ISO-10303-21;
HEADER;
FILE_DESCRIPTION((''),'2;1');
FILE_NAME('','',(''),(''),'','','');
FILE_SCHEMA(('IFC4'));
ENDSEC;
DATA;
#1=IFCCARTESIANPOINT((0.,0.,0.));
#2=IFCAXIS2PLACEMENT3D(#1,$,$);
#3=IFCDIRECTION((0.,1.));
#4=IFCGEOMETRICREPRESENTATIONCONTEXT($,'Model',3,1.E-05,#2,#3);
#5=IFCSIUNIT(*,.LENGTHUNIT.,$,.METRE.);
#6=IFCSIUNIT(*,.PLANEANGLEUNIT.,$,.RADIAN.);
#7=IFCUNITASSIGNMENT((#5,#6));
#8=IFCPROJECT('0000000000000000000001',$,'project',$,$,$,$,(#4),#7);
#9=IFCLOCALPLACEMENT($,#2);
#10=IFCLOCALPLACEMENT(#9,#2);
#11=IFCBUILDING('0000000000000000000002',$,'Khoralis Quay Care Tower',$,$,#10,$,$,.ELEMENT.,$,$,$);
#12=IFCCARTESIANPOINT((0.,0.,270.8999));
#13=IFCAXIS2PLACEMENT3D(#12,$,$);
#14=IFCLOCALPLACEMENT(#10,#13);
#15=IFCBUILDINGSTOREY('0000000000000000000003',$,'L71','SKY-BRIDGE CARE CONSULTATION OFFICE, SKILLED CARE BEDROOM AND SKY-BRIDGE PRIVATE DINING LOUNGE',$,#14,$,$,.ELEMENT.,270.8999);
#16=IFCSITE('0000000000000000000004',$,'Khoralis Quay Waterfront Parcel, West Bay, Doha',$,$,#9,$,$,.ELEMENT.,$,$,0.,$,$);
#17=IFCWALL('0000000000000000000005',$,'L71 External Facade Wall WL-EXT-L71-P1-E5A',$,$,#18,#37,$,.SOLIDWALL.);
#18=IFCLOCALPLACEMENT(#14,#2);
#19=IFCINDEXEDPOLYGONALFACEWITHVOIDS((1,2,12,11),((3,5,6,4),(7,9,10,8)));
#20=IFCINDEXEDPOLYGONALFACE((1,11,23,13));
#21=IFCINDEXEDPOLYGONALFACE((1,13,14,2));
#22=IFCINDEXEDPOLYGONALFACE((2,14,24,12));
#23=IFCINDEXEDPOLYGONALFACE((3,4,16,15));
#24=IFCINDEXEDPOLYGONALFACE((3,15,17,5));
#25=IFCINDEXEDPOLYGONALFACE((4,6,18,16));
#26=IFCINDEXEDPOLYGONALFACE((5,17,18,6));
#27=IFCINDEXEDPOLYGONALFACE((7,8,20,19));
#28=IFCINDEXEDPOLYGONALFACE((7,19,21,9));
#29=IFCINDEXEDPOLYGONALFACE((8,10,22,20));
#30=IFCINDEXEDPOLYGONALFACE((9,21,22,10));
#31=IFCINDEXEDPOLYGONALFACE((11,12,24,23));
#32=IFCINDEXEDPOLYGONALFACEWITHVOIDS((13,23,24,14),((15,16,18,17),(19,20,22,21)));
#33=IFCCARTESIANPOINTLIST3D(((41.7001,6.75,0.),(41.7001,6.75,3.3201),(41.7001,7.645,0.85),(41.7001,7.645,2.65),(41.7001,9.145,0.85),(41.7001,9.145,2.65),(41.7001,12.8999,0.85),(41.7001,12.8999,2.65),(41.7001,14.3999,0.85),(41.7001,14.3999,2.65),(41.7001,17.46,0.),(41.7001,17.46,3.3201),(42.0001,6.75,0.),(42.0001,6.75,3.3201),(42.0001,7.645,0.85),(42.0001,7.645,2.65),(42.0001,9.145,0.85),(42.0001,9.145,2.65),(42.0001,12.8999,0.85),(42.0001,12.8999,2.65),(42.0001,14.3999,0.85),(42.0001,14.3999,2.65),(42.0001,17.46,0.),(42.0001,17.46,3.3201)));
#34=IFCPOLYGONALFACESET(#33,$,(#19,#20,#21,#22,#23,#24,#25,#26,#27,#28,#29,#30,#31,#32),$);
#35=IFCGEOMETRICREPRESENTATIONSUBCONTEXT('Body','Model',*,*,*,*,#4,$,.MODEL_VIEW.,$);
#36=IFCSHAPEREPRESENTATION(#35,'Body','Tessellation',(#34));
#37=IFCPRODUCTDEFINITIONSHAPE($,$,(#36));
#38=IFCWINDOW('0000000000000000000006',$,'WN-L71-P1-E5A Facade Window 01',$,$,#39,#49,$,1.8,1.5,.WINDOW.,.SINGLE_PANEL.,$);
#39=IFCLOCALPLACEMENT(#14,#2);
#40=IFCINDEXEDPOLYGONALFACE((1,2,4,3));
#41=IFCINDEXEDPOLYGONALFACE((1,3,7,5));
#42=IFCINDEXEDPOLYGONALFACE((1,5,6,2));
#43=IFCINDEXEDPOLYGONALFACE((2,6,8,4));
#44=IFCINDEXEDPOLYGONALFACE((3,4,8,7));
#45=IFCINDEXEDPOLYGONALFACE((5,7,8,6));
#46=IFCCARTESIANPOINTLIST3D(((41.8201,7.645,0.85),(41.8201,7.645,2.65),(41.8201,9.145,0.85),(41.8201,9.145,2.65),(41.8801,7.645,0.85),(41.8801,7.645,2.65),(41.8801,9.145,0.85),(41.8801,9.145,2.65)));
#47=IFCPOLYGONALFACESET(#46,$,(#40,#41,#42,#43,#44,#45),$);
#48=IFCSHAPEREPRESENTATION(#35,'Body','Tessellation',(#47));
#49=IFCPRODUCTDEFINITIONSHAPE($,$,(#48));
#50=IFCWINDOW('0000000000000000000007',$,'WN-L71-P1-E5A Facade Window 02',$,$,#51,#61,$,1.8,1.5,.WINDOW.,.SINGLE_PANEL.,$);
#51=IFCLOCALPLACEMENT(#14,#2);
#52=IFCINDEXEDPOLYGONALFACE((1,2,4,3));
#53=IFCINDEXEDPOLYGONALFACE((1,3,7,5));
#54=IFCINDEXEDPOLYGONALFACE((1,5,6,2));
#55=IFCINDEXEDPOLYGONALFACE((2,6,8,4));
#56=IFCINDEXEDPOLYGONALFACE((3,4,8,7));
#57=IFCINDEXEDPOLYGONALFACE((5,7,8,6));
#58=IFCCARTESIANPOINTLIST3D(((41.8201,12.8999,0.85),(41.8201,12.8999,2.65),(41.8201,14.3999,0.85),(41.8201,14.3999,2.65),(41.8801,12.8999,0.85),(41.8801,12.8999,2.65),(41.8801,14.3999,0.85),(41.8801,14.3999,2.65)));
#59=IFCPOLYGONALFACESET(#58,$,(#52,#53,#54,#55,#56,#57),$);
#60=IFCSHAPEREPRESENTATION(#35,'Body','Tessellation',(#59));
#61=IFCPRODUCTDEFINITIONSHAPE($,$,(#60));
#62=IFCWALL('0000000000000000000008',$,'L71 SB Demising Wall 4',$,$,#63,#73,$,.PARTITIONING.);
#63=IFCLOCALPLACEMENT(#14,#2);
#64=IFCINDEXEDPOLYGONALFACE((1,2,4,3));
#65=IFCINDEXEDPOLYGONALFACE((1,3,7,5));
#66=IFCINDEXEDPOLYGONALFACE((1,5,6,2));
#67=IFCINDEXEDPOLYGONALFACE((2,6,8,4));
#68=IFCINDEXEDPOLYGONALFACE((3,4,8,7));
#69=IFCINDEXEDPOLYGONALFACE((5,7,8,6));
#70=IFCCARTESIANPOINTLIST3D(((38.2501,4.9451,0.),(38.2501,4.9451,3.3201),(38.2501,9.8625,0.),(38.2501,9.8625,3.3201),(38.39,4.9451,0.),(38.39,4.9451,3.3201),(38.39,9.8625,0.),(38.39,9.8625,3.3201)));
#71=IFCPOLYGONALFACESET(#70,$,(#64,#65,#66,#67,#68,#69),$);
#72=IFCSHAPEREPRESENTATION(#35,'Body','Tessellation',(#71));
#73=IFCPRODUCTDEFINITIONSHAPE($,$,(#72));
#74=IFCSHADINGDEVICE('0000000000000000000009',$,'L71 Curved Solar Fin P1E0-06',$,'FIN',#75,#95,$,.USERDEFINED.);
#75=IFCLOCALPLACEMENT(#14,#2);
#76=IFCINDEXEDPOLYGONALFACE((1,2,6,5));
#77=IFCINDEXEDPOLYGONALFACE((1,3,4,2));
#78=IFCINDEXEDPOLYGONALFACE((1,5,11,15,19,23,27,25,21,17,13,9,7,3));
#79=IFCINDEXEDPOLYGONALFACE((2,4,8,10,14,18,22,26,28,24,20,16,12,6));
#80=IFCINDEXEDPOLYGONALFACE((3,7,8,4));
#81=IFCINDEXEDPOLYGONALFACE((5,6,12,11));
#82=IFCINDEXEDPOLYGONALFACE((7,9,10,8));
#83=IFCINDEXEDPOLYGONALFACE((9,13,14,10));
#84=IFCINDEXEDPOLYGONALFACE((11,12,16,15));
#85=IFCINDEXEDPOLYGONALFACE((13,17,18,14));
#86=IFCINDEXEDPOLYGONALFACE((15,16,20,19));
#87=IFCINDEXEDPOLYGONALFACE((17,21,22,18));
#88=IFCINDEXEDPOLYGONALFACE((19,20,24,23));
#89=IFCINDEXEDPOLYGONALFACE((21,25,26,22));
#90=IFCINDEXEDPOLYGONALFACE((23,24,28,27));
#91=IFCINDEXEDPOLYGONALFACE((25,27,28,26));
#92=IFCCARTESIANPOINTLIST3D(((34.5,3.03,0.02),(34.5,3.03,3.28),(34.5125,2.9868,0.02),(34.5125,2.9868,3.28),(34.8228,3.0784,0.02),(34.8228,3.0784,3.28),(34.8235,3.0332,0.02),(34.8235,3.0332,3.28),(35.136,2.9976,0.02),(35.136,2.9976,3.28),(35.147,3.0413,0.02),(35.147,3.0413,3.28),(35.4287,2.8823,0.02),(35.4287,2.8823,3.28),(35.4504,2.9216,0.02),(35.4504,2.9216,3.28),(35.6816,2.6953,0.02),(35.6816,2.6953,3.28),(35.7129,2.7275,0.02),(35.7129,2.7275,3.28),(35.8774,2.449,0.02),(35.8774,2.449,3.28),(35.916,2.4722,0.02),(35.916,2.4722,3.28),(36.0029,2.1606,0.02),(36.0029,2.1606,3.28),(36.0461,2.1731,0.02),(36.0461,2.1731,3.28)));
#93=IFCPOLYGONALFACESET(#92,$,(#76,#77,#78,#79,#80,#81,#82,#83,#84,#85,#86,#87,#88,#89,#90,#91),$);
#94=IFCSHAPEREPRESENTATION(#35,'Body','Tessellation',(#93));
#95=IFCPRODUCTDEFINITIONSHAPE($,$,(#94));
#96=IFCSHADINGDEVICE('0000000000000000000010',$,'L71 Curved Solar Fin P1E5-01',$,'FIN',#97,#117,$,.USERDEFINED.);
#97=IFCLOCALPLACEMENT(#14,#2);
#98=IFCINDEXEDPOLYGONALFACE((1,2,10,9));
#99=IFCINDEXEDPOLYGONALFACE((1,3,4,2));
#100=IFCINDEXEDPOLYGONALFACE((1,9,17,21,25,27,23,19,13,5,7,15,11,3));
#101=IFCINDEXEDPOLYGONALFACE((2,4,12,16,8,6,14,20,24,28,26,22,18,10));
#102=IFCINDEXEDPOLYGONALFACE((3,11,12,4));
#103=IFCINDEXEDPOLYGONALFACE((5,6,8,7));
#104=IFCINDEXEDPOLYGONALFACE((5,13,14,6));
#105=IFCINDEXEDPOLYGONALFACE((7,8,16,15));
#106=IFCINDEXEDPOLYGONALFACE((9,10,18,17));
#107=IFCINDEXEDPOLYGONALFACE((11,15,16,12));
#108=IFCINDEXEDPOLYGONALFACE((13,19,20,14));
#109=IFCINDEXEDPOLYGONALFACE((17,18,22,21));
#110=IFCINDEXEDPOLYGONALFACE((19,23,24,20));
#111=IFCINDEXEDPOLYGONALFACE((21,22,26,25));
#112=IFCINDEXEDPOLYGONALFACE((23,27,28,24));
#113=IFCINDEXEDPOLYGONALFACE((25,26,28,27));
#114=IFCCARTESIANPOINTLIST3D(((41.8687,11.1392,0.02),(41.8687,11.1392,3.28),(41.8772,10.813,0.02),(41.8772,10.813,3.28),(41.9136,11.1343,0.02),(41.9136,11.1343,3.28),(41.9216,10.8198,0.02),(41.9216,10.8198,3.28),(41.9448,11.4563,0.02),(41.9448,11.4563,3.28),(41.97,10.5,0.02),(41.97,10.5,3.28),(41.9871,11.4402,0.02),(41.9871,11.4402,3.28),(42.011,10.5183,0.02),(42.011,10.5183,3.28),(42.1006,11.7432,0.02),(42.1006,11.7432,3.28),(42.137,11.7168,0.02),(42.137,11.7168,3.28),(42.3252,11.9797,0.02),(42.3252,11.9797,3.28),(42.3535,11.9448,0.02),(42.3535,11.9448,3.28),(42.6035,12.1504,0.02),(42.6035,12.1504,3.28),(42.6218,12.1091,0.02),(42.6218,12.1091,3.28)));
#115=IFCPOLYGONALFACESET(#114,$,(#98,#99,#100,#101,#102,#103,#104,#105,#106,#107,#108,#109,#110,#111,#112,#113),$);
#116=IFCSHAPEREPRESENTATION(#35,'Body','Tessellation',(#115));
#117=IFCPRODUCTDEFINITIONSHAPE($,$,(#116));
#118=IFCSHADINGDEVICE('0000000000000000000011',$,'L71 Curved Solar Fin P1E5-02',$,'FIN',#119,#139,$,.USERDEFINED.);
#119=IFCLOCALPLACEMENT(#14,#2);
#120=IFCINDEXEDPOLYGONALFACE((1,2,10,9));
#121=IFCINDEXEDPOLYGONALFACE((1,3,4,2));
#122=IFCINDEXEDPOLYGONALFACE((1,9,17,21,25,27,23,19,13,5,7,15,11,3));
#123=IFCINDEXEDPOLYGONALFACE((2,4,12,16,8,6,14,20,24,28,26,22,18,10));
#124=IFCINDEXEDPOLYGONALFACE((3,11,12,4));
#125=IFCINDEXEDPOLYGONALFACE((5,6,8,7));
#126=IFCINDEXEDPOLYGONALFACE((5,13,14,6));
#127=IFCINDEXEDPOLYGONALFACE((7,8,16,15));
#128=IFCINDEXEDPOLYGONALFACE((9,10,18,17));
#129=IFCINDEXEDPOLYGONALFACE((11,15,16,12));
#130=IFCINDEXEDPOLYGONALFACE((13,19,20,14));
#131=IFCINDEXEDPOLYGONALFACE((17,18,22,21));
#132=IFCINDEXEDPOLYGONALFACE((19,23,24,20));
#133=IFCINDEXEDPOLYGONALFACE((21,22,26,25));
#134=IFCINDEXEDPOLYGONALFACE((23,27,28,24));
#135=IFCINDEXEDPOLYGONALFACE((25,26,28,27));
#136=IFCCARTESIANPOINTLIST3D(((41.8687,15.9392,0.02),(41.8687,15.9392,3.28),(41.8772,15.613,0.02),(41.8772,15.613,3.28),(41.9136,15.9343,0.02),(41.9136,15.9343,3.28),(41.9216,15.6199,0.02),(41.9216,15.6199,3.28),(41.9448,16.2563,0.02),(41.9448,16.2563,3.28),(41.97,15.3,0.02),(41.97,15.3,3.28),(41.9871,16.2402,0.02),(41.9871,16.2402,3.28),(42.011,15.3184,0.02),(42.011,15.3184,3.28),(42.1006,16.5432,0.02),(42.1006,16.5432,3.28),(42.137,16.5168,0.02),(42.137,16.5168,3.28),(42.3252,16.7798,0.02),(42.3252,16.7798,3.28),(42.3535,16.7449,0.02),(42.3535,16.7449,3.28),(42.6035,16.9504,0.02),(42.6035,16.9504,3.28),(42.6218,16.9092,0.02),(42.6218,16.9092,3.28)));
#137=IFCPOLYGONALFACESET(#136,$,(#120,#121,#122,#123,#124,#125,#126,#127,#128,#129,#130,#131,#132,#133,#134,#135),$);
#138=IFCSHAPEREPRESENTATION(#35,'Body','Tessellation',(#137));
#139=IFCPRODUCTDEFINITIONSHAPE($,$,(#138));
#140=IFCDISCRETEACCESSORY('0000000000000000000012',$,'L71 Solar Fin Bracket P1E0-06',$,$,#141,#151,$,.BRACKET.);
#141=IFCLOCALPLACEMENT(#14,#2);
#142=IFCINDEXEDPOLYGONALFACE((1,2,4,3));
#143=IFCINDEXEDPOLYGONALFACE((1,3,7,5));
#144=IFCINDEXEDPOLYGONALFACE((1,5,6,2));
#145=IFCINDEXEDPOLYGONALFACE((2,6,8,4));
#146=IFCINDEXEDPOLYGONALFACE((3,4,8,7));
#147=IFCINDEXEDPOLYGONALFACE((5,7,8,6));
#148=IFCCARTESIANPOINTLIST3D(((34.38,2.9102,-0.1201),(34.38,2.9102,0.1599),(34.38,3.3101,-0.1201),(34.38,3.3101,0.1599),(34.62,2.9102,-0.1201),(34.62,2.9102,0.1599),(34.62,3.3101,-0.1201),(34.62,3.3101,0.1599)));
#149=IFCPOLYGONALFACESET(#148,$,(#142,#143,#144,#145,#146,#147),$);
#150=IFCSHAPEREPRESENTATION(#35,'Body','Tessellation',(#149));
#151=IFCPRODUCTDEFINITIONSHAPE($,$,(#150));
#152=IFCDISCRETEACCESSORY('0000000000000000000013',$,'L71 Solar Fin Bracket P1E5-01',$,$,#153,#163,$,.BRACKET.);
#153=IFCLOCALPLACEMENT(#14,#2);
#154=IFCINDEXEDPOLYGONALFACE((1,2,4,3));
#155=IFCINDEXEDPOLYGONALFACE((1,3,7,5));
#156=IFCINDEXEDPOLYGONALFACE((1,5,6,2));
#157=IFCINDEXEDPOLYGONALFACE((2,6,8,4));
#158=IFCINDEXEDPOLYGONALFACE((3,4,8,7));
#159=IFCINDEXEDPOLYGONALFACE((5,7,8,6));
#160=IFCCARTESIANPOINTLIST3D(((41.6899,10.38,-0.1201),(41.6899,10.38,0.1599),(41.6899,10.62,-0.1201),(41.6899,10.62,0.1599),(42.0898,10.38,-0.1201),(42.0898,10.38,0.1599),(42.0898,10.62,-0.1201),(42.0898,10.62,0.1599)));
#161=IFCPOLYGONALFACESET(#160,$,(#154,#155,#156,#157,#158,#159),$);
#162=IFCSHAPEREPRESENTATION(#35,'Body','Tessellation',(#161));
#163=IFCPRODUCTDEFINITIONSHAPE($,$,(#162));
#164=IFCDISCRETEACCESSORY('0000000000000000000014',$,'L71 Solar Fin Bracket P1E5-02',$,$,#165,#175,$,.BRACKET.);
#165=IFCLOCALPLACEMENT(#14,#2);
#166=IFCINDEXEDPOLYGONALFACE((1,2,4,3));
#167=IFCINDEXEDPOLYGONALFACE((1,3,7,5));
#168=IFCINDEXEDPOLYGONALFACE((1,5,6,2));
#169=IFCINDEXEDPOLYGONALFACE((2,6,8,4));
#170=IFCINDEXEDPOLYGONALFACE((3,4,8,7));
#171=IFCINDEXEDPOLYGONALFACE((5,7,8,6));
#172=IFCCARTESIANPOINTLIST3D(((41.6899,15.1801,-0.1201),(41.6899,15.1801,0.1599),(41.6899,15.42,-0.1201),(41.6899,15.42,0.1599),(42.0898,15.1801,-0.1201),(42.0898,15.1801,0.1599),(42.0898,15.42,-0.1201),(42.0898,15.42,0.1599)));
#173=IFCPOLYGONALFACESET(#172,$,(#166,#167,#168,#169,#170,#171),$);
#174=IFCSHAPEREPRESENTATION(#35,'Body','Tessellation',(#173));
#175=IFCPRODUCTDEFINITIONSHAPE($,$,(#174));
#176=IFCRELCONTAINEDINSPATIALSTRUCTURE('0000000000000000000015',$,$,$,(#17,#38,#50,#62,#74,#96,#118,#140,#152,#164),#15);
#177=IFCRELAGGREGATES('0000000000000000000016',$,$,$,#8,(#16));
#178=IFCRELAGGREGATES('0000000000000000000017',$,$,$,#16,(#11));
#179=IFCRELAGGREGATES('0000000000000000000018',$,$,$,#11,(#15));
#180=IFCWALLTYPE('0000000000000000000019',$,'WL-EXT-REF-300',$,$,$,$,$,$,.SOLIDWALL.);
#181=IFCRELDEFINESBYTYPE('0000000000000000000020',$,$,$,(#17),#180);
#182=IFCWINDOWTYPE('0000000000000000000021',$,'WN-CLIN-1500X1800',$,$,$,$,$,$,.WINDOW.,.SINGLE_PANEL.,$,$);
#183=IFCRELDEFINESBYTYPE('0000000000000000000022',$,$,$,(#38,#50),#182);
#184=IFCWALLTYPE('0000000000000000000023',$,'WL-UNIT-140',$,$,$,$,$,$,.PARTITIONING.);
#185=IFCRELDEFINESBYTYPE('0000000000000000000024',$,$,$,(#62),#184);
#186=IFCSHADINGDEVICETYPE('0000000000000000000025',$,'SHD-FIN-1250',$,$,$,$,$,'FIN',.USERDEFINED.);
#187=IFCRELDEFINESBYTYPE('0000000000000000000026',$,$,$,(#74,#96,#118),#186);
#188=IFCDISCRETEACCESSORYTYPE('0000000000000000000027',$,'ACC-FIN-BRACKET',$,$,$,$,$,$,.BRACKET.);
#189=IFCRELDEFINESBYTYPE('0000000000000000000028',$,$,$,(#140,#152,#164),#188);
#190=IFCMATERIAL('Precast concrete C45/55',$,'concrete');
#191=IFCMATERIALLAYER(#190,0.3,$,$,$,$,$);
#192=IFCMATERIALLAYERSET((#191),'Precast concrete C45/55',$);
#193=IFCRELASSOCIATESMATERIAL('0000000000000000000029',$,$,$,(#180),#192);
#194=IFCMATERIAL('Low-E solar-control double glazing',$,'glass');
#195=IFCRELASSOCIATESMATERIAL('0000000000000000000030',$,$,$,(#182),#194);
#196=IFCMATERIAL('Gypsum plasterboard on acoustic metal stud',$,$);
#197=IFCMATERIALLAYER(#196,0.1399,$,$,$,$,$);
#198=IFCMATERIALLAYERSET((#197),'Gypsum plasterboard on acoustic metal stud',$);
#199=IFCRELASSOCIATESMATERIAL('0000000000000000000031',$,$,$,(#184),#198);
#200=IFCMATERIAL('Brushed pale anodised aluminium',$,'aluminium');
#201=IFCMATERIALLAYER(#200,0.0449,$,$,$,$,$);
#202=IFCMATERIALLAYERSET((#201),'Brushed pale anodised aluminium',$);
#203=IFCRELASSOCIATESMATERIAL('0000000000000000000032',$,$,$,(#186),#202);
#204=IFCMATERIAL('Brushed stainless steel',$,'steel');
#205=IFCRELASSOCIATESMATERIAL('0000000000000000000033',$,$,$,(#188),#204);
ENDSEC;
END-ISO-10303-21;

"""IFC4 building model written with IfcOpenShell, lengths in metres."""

from ifc_helpers import new_model, si_unit, direction, frame, frame_2d, origin, origin_2d, place, context, subcontext, project, spatial, polyline, rectangle, outline, extrude, source, transform, mapped, material, layer, layer_set, type_object, element, fill, save


model = new_model("IFC4")

# Units and contexts
model_context = context("Model", 3, precision=1e-05, world=origin(), true_north=direction((0.0, 1.0)))
body_context = subcontext(model_context, "Body", "Model", "MODEL_VIEW")
ifc_project = project(units=[si_unit("LENGTHUNIT", "METRE"), si_unit("PLANEANGLEUNIT", "RADIAN")], contexts=[model_context])

# Site, building, storey
site_placement = place(None, origin())
site = spatial("IfcSite", under=ifc_project, at=site_placement, Name="Khoralis Quay Waterfront Parcel, West Bay, Doha", CompositionType="ELEMENT", RefElevation=0.0)
building_placement = place(site_placement, origin())
building = spatial("IfcBuilding", under=site, at=building_placement, Name="Khoralis Quay Care Tower", CompositionType="ELEMENT")
storey_placement = place(building_placement, frame((0.0, 0.0, 270.8999)))
storey = spatial("IfcBuildingStorey", under=building, at=storey_placement, Name="L71", Description="SKY-BRIDGE CARE CONSULTATION OFFICE, SKILLED CARE BEDROOM AND SKY-BRIDGE PRIVATE DINING LOUNGE", CompositionType="ELEMENT", Elevation=270.8999)

# Shared definitions
ifc_material_1 = material(Name="Gypsum plasterboard on acoustic metal stud")

# Shared definitions
ifc_material_2 = material(Name="Brushed stainless steel", Category="steel")

# Shared definitions
ifc_material_3 = material(Name="Precast concrete C45/55", Category="concrete")
ifc_layer_1 = layer(ifc_material_3, 0.3)
ifc_layer_set_1 = layer_set([ifc_layer_1], Name="Precast concrete C45/55")
wall_type_1 = type_object("IfcWallType", Name="WL-EXT-REF-300", PredefinedType="SOLIDWALL", material=ifc_layer_set_1)

# Wall, openings, windows
wall_1_placement = place(storey_placement, frame((41.8501, 6.75, 0.0), z_axis=(0.0, 0.0, 1.0), x_axis=(0.0, 1.0, 0.0)))
wall_1 = element("IfcWall", 1, at=wall_1_placement, inside=storey, type_object=wall_type_1, Name="L71 External Facade Wall WL-EXT-L71-P1-E5A", PredefinedType="SOLIDWALL", context=body_context, shape_type="SweptSolid", body=[
    extrude(rectangle(XDim=10.71, YDim=0.3, at=frame_2d((5.355, 0.0))), origin(), (0.0, 0.0, 1.0), 3.3201),
])
opening_1_placement = place(wall_1_placement, frame((0.895, 0.0, 0.8501)))
opening_1 = element("IfcOpeningElement", 2, at=opening_1_placement, cuts=wall_1, PredefinedType="OPENING", context=body_context, shape_type="SweptSolid", body=[
    extrude(rectangle(XDim=1.5, YDim=1.8, at=frame_2d((0.75, 0.8999))), frame((0.0, 0.1602, 0.0), z_axis=(0.0, -1.0, 0.0), x_axis=(1.0, 0.0, 0.0)), (0.0, 0.0, 1.0), 0.3201),
])
opening_2_placement = place(wall_1_placement, frame((6.1499, 0.0, 0.8501)))
opening_2 = element("IfcOpeningElement", 3, at=opening_2_placement, cuts=wall_1, PredefinedType="OPENING", context=body_context, shape_type="SweptSolid", body=[
    extrude(rectangle(XDim=1.5, YDim=1.8, at=frame_2d((0.75, 0.8999))), frame((0.0, 0.1602, 0.0), z_axis=(0.0, -1.0, 0.0), x_axis=(1.0, 0.0, 0.0)), (0.0, 0.0, 1.0), 0.3201),
])
ifc_material_4 = material(Name="Low-E solar-control double glazing", Category="glass")
window_type = type_object("IfcWindowType", Name="WN-CLIN-1500X1800", PartitioningType="SINGLE_PANEL", PredefinedType="WINDOW", material=ifc_material_4)
shared_shape_1 = source(origin(), body_context, "Body", "SweptSolid", [
    extrude(rectangle(XDim=1.5, YDim=1.8, at=frame_2d((0.75, 0.8999))), frame((0.0, 0.03, 0.0), z_axis=(0.0, -1.0, 0.0), x_axis=(1.0, 0.0, 0.0)), (0.0, 0.0, 1.0), 0.0601),
])
window_1_placement = place(opening_1_placement, origin())
window_1 = element("IfcWindow", 4, at=window_1_placement, inside=storey, type_object=window_type, Name="WN-L71-P1-E5A Facade Window 01", OverallHeight=1.8, OverallWidth=1.5, PartitioningType="SINGLE_PANEL", PredefinedType="WINDOW", context=body_context, shape_type="MappedRepresentation", body=[
    mapped(shared_shape_1, transform((0.0, 0.0, 0.0), scale=1.0)),
])
fill(opening_1, window_1)
window_2_placement = place(opening_2_placement, origin())
window_2 = element("IfcWindow", 5, at=window_2_placement, inside=storey, type_object=window_type, Name="WN-L71-P1-E5A Facade Window 02", OverallHeight=1.8, OverallWidth=1.5, PartitioningType="SINGLE_PANEL", PredefinedType="WINDOW", context=body_context, shape_type="MappedRepresentation", body=[
    mapped(shared_shape_1, transform((0.0, 0.0, 0.0), scale=1.0)),
])
fill(opening_2, window_2)

# Wall
ifc_layer_2 = layer(ifc_material_1, 0.1399)
ifc_layer_set_2 = layer_set([ifc_layer_2], Name="Gypsum plasterboard on acoustic metal stud")
wall_type_2 = type_object("IfcWallType", Name="WL-UNIT-140", PredefinedType="PARTITIONING", material=ifc_layer_set_2)
wall_2_placement = place(storey_placement, frame((38.3201, 4.9451, 0.0), z_axis=(0.0, 0.0, 1.0), x_axis=(0.0, 1.0, 0.0)))
element("IfcWall", 6, at=wall_2_placement, inside=storey, type_object=wall_type_2, Name="L71 SB Demising Wall 4", PredefinedType="PARTITIONING", context=body_context, shape_type="SweptSolid", body=[
    extrude(rectangle(XDim=4.9175, YDim=0.1399, at=frame_2d((2.4587, 0.0))), origin(), (0.0, 0.0, 1.0), 3.3201),
])

# Shading devices
ifc_material_5 = material(Name="Brushed pale anodised aluminium", Category="aluminium")
ifc_layer_3 = layer(ifc_material_5, 0.0449)
ifc_layer_set_3 = layer_set([ifc_layer_3], Name="Brushed pale anodised aluminium")
shading_device_type = type_object("IfcShadingDeviceType", Name="SHD-FIN-1250", ElementType="FIN", PredefinedType="USERDEFINED", material=ifc_layer_set_3)
shared_shape_2 = source(origin(), body_context, "Body", "SweptSolid", [
    extrude(outline(polyline([(0.0, 0.0), (-0.0483, 0.3228), (-0.0112, 0.647), (0.1084, 0.9504), (0.3025, 1.2129), (0.5579, 1.416), (0.8569, 1.5461), (0.8694, 1.5029), (0.5811, 1.3774), (0.3347, 1.1816), (0.1477, 0.9287), (0.0325, 0.636), (-0.0032, 0.3235), (0.0432, 0.0125), (0.0, 0.0)])), origin(), (0.0, 0.0, 1.0), 3.26),
])
shading_device_placement = place(storey_placement, frame((34.5, 3.03, 0.02), z_axis=(0.0, 0.0, 1.0), x_axis=(0.0, -1.0, 0.0)))
element("IfcShadingDevice", 7, at=shading_device_placement, inside=storey, type_object=shading_device_type, Name="L71 Curved Solar Fin P1E0-06", ObjectType="FIN", PredefinedType="USERDEFINED", context=body_context, shape_type="MappedRepresentation", body=[
    mapped(shared_shape_2, transform((0.0, 0.0, 0.0), scale=1.0)),
])
shared_shape_3 = source(origin(), body_context, "Body", "SweptSolid", [
    extrude(outline(polyline([(0.0, 0.0), (-0.0928, 0.313), (-0.1013, 0.6392), (-0.0251, 0.9563), (0.1306, 1.2432), (0.3552, 1.4797), (0.6335, 1.6504), (0.6519, 1.6091), (0.3835, 1.4448), (0.167, 1.2168), (0.0171, 0.9402), (-0.0564, 0.6343), (-0.0483, 0.3198), (0.041, 0.0183), (0.0, 0.0)])), origin(), (0.0, 0.0, 1.0), 3.26),
])
for number, where, z_axis, x_axis, name in (
    (8, (41.97, 10.5, 0.02), (0.0, 0.0, 1.0), (1.0, 0.0, 0.0), "L71 Curved Solar Fin P1E5-01"),
    (9, (41.97, 15.3, 0.02), (0.0, 0.0, 1.0), (1.0, 0.0, 0.0), "L71 Curved Solar Fin P1E5-02"),
):
    element("IfcShadingDevice", number, at=place(storey_placement, frame(where, z_axis=z_axis, x_axis=x_axis)), inside=storey, type_object=shading_device_type, Name=name, ObjectType="FIN", PredefinedType="USERDEFINED", context=body_context, shape_type="MappedRepresentation", body=[
        mapped(shared_shape_3, transform((0.0, 0.0, 0.0), scale=1.0)),
    ])

# Discrete accessories
discrete_accessory_type = type_object("IfcDiscreteAccessoryType", Name="ACC-FIN-BRACKET", PredefinedType="BRACKET", material=ifc_material_2)
shared_shape_4 = source(origin(), body_context, "Body", "SweptSolid", [
    extrude(rectangle(XDim=0.3999, YDim=0.24, at=origin_2d()), origin(), (0.0, 0.0, 1.0), 0.28),
])
for number, where, z_axis, x_axis, name in (
    (10, (34.5, 3.1101, -0.1201), (0.0, 0.0, 1.0), (0.0, -1.0, 0.0), "L71 Solar Fin Bracket P1E0-06"),
    (11, (41.8899, 10.5, -0.1201), (0.0, 0.0, 1.0), (1.0, 0.0, 0.0), "L71 Solar Fin Bracket P1E5-01"),
    (12, (41.8899, 15.3, -0.1201), (0.0, 0.0, 1.0), (1.0, 0.0, 0.0), "L71 Solar Fin Bracket P1E5-02"),
):
    element("IfcDiscreteAccessory", number, at=place(storey_placement, frame(where, z_axis=z_axis, x_axis=x_axis)), inside=storey, type_object=discrete_accessory_type, Name=name, PredefinedType="BRACKET", context=body_context, shape_type="MappedRepresentation", body=[
        mapped(shared_shape_4, transform((0.0, 0.0, 0.0), scale=1.0)),
    ])

save(model, "model.ifc")
